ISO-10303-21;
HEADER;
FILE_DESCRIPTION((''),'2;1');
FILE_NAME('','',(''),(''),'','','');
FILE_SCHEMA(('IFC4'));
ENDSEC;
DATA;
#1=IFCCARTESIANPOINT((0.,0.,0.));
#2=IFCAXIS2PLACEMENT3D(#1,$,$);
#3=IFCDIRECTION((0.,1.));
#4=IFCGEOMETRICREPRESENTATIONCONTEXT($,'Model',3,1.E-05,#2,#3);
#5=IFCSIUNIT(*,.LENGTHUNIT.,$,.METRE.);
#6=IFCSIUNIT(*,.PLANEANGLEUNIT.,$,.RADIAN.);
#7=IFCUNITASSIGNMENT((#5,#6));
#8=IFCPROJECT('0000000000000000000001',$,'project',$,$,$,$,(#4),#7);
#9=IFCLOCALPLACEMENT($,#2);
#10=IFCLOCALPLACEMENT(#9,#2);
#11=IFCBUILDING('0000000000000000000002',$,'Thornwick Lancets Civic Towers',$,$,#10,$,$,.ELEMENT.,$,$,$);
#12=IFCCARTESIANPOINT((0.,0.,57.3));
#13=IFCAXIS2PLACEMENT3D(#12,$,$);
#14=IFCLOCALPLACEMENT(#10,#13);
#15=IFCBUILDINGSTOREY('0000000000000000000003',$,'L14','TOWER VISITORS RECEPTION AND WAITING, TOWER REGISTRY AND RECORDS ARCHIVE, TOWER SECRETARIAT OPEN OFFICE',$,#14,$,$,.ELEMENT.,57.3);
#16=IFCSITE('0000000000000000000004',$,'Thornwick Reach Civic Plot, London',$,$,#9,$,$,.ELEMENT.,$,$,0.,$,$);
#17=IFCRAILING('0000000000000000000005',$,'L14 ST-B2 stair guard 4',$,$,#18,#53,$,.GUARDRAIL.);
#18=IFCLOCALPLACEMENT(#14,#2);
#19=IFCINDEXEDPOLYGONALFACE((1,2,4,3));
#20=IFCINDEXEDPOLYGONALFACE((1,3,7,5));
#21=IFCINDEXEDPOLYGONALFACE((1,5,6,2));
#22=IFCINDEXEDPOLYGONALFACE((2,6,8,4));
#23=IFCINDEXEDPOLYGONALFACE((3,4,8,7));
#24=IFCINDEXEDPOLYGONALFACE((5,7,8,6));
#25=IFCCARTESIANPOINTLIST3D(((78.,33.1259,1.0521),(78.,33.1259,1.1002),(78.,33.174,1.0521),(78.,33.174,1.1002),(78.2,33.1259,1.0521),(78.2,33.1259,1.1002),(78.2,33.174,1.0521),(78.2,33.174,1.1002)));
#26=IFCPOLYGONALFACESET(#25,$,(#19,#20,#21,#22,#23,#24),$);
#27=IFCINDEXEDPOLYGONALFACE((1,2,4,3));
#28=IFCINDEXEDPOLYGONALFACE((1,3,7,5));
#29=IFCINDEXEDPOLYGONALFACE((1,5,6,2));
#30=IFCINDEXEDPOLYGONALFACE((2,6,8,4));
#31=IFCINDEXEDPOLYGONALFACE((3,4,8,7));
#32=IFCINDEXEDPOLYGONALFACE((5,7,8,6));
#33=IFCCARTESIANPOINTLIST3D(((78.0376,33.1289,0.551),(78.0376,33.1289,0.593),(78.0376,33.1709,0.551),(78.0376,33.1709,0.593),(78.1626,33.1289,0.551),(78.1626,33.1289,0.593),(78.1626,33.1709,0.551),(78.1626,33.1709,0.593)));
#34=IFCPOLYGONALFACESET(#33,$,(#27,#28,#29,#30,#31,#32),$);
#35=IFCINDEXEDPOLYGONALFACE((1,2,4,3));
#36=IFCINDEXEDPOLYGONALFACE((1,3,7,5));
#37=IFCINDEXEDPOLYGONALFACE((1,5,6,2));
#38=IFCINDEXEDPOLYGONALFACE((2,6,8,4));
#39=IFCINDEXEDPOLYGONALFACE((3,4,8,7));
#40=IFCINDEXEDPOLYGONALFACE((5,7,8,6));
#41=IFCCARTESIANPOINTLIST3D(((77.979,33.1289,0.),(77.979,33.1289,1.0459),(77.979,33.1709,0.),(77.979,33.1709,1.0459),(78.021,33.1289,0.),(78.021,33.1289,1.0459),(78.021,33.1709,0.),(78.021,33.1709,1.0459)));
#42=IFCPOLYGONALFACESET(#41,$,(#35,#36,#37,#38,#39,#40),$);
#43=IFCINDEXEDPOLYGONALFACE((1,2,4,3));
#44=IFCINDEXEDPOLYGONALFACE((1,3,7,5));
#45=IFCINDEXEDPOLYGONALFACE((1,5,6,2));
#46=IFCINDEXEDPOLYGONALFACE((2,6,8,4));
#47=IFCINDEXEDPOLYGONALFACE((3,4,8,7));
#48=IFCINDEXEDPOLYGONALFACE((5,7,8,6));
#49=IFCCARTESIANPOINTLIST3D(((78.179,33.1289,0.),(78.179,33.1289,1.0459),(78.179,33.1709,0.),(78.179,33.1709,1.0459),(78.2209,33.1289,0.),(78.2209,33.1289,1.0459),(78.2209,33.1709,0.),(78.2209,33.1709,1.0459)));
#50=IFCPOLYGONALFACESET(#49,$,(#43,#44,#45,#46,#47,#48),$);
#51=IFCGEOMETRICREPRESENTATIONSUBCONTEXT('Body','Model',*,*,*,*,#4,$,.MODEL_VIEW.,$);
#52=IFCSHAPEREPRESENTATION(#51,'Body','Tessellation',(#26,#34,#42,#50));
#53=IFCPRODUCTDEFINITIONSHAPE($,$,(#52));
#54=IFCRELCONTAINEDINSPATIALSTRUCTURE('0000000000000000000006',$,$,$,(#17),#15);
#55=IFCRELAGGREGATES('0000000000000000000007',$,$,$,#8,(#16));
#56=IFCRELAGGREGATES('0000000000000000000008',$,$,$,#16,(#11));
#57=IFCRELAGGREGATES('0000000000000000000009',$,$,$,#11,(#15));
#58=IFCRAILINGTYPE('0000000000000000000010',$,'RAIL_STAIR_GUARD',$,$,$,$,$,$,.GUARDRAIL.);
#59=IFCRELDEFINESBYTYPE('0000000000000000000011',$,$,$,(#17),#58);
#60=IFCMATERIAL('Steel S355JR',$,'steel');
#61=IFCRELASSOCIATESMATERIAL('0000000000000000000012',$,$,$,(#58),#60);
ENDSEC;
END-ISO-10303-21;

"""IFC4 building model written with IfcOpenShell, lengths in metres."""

from ifc_helpers import new_model, si_unit, direction, frame, origin, origin_2d, place, context, subcontext, project, spatial, rectangle, extrude, material, type_object, element, save


model = new_model("IFC4")

# Units and contexts
model_context = context("Model", 3, precision=1e-05, world=origin(), true_north=direction((0.0, 1.0)))
body_context = subcontext(model_context, "Body", "Model", "MODEL_VIEW")
ifc_project = project(units=[si_unit("LENGTHUNIT", "METRE"), si_unit("PLANEANGLEUNIT", "RADIAN")], contexts=[model_context])

# Site, building, storey
site_placement = place(None, origin())
site = spatial("IfcSite", under=ifc_project, at=site_placement, Name="Thornwick Reach Civic Plot, London", CompositionType="ELEMENT", RefElevation=0.0)
building_placement = place(site_placement, origin())
building = spatial("IfcBuilding", under=site, at=building_placement, Name="Thornwick Lancets Civic Towers", CompositionType="ELEMENT")
storey_placement = place(building_placement, frame((0.0, 0.0, 57.3)))
storey = spatial("IfcBuildingStorey", under=building, at=storey_placement, Name="L14", Description="TOWER VISITORS RECEPTION AND WAITING, TOWER REGISTRY AND RECORDS ARCHIVE, TOWER SECRETARIAT OPEN OFFICE", CompositionType="ELEMENT", Elevation=57.3)

# Shared definitions
ifc_material_1 = material(Name="Steel S355JR", Category="steel")

# Railing
railing_type_1 = type_object("IfcRailingType", Name="RAIL_STAIR_GUARD", PredefinedType="GUARDRAIL", material=ifc_material_1)
railing_1_placement = place(storey_placement, frame((78.0, 33.1499, 0.0)))
element("IfcRailing", 1, at=railing_1_placement, inside=storey, type_object=railing_type_1, Name="L14 ST-B2 stair guard 4", PredefinedType="GUARDRAIL", context=body_context, shape_type="SweptSolid", body=[
    extrude(rectangle(XDim=0.0481, YDim=0.0481, at=origin_2d()), frame((0.0, 0.0, 1.0762), z_axis=(1.0, 0.0, 0.0), x_axis=(0.0, 1.0, 0.0)), (0.0, 0.0, 1.0), 0.2),
    extrude(rectangle(XDim=0.042, YDim=0.042, at=origin_2d()), frame((0.0376, 0.0, 0.572), z_axis=(1.0, 0.0, 0.0), x_axis=(0.0, 1.0, 0.0)), (0.0, 0.0, 1.0), 0.125),
    extrude(rectangle(XDim=0.042, YDim=0.042, at=origin_2d()), origin(), (0.0, 0.0, 1.0), 1.0459),
    extrude(rectangle(XDim=0.042, YDim=0.042, at=origin_2d()), frame((0.2, 0.0, 0.0)), (0.0, 0.0, 1.0), 1.0459),
])

save(model, "model.ifc")
